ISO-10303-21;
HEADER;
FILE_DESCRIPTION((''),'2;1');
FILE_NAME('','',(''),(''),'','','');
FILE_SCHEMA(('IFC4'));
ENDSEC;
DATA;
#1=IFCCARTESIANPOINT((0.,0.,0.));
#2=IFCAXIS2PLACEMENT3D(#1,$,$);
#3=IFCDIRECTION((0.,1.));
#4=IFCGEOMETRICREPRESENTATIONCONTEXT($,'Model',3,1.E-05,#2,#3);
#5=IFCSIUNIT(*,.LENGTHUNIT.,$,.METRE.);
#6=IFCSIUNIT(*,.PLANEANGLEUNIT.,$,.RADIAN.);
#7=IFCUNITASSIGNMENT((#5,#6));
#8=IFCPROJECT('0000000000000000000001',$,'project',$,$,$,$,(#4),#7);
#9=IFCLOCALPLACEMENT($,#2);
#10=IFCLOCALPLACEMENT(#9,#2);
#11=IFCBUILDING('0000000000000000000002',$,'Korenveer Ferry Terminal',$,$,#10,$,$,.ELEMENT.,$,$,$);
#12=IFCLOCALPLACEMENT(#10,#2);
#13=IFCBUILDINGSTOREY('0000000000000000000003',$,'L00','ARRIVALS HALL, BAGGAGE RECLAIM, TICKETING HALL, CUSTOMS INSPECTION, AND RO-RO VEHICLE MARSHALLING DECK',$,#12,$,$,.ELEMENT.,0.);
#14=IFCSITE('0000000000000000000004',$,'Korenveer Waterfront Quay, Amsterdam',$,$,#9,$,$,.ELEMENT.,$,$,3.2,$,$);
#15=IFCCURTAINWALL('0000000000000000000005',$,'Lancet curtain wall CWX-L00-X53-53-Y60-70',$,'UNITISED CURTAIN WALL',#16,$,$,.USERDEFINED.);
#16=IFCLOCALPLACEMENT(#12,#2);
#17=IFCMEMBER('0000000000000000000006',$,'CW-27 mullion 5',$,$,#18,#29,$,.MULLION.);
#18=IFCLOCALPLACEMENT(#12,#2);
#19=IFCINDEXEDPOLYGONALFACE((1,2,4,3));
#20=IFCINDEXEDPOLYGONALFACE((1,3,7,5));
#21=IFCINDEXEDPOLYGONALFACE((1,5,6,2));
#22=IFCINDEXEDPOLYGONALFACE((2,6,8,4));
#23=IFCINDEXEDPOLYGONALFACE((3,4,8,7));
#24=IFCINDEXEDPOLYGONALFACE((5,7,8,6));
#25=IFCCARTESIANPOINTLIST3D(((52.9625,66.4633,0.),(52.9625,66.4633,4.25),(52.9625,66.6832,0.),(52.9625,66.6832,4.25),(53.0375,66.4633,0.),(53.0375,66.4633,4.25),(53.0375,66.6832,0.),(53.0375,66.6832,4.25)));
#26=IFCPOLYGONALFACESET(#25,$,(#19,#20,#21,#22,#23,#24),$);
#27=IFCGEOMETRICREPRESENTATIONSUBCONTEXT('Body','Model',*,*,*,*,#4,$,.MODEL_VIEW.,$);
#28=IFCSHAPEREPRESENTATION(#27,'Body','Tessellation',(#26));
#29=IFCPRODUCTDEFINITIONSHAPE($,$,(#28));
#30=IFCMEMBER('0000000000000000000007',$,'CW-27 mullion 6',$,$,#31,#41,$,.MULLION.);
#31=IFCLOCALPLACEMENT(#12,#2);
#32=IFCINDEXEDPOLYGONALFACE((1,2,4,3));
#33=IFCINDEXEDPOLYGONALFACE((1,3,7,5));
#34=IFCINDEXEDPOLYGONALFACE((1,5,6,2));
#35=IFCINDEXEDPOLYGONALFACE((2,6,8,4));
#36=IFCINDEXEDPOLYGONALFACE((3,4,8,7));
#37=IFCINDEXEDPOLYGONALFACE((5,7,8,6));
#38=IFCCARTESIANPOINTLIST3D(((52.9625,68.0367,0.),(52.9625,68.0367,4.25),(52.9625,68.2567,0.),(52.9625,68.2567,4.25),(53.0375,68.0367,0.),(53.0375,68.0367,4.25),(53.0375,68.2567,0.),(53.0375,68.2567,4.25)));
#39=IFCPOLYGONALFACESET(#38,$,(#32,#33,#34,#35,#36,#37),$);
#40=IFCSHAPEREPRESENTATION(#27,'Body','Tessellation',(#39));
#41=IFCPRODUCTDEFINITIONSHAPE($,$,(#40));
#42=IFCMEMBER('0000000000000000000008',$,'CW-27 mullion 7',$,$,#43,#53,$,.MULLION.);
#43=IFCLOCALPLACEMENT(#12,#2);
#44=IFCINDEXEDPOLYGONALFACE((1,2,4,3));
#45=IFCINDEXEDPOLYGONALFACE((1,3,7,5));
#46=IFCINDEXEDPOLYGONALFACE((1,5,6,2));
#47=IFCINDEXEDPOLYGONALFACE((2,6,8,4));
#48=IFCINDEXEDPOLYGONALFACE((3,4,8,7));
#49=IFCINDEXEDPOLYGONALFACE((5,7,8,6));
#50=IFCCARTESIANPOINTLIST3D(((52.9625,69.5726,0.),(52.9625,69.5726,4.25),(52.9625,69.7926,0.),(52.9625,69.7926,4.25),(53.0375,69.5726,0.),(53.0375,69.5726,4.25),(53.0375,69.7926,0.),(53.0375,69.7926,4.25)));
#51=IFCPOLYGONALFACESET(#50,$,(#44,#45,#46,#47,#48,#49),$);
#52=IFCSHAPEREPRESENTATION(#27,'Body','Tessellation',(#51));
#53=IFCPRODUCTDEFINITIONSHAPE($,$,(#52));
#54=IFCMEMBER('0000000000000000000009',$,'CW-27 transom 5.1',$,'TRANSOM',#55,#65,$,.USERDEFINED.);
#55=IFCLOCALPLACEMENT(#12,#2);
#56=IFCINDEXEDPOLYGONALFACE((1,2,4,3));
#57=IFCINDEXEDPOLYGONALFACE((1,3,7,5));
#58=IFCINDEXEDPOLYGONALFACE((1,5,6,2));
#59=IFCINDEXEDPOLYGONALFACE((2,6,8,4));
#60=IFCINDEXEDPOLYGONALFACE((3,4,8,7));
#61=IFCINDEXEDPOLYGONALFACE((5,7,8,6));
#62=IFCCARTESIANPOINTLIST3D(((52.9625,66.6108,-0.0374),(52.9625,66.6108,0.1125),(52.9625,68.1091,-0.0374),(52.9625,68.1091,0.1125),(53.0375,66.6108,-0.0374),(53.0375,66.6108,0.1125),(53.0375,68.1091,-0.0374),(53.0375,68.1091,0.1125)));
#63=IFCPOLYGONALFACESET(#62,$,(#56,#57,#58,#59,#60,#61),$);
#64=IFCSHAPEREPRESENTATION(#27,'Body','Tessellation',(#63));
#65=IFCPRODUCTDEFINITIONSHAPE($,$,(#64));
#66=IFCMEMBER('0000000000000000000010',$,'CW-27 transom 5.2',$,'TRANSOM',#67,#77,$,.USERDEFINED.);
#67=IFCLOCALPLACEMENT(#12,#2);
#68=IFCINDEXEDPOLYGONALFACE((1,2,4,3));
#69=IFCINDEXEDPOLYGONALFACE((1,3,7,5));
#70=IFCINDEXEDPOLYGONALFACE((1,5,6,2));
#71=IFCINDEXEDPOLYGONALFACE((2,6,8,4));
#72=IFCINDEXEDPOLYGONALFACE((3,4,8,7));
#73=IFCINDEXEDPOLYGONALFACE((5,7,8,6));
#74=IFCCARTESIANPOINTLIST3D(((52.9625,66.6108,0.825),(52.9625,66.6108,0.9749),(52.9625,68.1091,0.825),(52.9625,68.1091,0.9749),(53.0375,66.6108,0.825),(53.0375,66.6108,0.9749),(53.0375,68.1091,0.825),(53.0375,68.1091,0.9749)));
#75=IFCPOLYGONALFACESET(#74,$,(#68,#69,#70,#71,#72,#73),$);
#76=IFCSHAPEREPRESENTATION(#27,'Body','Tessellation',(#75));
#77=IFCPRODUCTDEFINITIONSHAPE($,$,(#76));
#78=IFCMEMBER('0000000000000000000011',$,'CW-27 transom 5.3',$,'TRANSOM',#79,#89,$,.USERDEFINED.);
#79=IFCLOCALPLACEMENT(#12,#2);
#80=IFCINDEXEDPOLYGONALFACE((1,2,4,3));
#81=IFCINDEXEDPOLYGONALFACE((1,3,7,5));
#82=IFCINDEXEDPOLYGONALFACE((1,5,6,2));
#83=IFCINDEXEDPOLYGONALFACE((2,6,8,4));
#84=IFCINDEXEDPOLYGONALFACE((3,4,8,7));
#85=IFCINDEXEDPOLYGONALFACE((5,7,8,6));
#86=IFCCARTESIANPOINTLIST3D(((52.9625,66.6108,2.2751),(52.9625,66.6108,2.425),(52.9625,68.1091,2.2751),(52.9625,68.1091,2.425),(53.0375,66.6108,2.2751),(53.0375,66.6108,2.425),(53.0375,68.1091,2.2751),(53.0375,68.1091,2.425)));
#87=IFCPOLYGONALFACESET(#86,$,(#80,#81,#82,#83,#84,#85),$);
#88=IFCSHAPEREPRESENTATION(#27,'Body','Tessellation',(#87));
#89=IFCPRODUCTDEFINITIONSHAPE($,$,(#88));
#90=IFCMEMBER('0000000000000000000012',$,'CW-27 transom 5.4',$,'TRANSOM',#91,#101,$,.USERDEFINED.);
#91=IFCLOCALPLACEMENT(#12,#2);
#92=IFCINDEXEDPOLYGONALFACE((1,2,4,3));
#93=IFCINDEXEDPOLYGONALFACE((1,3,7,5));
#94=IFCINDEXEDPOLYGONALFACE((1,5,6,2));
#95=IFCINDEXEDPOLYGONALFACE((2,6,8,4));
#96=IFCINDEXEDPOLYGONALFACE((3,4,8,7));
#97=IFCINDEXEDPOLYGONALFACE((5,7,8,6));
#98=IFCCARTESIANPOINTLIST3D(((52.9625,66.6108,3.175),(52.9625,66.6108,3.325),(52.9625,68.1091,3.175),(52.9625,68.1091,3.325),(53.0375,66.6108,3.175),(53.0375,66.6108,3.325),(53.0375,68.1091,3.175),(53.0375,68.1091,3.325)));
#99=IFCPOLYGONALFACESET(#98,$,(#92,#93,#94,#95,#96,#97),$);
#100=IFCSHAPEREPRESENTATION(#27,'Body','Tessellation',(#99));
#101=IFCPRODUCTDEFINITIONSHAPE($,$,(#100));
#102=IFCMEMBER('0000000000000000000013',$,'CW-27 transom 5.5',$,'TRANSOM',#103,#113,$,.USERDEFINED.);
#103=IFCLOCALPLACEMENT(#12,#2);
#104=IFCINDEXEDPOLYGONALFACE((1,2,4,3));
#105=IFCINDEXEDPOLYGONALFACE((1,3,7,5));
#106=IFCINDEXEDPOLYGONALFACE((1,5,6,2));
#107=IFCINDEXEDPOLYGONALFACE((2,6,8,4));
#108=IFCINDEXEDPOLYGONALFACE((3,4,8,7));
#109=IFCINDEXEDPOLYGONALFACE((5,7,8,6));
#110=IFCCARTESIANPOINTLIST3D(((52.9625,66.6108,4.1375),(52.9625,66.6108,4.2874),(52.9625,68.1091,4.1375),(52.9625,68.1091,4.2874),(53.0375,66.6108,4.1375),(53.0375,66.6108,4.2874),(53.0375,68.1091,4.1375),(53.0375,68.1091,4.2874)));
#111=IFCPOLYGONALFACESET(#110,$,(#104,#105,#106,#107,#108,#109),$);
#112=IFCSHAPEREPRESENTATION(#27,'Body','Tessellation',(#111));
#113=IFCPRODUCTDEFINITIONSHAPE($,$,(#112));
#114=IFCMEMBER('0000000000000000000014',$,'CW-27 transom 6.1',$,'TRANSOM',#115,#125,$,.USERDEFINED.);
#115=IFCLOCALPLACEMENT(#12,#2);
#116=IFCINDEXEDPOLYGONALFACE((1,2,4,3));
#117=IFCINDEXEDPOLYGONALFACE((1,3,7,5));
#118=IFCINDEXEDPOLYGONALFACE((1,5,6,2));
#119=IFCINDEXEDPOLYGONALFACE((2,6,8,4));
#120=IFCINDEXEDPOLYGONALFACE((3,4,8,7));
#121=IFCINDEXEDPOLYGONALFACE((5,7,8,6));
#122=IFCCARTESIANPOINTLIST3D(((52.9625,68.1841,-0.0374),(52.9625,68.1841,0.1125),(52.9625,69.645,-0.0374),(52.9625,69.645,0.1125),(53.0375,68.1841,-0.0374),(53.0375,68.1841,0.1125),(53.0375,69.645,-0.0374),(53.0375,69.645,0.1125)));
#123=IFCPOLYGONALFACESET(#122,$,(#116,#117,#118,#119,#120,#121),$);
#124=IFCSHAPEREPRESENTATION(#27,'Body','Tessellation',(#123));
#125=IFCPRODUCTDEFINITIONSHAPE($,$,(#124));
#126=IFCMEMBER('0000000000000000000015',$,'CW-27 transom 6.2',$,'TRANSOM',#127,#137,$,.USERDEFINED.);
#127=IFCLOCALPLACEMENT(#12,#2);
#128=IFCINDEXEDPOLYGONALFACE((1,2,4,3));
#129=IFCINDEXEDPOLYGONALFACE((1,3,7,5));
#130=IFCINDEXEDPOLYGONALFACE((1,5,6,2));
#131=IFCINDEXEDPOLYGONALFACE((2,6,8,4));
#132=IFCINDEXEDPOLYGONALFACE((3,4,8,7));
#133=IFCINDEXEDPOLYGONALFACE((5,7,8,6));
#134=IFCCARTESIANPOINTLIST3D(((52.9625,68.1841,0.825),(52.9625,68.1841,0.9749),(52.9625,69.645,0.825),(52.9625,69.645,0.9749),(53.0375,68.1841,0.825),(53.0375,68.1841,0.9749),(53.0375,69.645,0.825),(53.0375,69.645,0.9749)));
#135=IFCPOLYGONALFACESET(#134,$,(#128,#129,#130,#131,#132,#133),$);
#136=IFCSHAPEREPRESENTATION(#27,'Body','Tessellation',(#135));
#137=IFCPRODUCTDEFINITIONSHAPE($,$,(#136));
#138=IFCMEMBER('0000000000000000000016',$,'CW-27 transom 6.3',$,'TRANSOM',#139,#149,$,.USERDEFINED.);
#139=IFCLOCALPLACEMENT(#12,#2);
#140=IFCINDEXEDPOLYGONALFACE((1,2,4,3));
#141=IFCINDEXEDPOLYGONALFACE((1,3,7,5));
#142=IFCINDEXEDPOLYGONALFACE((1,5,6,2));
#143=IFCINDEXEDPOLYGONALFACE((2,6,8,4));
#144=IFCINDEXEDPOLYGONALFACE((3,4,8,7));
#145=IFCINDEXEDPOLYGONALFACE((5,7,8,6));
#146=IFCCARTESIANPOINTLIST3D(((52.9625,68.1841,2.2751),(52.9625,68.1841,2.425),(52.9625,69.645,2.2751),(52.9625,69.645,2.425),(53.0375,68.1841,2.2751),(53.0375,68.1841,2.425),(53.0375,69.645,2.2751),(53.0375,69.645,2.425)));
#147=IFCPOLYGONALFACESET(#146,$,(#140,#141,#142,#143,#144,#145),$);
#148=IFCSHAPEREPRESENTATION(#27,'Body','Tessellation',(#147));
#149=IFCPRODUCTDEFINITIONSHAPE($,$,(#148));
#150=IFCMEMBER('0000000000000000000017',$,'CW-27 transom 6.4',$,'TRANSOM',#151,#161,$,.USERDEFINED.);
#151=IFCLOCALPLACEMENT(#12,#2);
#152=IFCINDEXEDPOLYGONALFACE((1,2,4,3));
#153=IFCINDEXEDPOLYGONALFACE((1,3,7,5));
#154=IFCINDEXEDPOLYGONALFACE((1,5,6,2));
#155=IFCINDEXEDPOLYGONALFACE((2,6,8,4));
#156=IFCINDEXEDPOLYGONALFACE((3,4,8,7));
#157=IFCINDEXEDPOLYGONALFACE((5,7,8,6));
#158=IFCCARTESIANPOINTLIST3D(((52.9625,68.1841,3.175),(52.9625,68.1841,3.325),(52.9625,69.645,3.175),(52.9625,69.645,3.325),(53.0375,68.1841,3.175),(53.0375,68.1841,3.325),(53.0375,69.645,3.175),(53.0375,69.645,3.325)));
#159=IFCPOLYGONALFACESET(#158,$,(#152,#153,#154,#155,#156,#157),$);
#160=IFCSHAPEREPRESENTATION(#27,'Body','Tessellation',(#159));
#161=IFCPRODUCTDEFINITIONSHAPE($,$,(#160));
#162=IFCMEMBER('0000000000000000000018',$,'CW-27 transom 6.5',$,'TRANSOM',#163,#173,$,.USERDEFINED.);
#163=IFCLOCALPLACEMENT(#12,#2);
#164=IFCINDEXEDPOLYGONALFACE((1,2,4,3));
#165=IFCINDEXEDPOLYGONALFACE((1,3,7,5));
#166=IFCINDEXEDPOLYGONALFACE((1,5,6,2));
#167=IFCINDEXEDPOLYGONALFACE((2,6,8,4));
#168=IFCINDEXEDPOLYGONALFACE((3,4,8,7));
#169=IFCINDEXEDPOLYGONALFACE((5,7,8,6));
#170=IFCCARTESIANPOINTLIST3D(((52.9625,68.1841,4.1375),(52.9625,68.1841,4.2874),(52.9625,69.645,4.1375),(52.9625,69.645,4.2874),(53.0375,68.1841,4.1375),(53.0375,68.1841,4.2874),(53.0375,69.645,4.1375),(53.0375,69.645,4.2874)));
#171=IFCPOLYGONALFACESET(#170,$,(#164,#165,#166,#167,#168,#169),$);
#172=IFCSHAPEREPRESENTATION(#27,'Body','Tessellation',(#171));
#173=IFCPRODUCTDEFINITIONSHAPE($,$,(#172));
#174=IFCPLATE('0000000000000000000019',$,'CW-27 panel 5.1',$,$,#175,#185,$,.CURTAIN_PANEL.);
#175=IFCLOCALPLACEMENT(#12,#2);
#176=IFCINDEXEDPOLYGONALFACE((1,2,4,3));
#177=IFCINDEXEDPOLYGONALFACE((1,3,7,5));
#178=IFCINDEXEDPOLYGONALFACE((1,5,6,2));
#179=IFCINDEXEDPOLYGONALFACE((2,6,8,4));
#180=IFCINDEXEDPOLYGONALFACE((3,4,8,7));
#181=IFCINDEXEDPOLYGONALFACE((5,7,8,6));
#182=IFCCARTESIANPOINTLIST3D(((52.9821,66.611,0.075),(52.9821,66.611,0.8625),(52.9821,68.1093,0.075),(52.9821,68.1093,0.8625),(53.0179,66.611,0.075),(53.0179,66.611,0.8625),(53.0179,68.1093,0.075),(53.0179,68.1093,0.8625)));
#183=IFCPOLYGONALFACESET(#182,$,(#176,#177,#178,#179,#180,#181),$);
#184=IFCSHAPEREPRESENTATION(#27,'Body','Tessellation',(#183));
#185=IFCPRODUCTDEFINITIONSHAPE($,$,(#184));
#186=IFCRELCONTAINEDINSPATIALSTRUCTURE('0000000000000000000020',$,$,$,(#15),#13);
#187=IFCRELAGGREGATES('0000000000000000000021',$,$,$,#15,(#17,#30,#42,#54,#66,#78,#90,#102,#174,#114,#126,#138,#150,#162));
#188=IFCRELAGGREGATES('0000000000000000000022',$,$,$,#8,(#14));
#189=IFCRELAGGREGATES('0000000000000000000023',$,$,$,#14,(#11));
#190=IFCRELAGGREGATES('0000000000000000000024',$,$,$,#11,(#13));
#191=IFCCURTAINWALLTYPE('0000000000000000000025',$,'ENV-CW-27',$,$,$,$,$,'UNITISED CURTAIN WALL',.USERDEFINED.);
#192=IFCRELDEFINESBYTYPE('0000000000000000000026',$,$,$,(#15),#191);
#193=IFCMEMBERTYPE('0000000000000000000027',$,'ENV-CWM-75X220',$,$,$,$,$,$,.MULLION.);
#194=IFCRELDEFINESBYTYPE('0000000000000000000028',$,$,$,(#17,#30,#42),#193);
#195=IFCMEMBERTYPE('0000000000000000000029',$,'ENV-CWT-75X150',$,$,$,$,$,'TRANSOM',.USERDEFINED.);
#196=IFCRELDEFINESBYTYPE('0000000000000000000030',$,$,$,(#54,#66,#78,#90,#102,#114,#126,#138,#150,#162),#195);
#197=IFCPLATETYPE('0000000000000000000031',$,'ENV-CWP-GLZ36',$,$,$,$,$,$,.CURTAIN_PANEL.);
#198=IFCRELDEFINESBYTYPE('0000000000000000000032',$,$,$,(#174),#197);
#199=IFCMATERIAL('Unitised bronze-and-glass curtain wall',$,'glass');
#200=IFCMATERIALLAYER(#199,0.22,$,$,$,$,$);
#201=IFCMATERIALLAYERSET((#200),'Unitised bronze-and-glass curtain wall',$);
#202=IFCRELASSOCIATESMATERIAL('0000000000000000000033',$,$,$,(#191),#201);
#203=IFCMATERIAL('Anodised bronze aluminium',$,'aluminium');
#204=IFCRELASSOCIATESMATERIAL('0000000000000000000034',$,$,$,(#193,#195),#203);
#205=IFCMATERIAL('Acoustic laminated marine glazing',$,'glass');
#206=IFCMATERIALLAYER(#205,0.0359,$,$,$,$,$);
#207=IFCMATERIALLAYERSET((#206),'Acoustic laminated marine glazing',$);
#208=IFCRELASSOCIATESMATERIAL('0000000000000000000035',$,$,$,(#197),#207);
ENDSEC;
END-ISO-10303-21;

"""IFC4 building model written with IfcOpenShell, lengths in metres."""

from ifc_helpers import new_model, si_unit, direction, frame, origin, origin_2d, place, context, subcontext, project, spatial, rectangle, extrude, material, layer, layer_set, material_profile, profile_set, type_object, element, aggregate, save


model = new_model("IFC4")

# Units and contexts
model_context = context("Model", 3, precision=1e-05, world=origin(), true_north=direction((0.0, 1.0)))
body_context = subcontext(model_context, "Body", "Model", "MODEL_VIEW")
ifc_project = project(units=[si_unit("LENGTHUNIT", "METRE"), si_unit("PLANEANGLEUNIT", "RADIAN")], contexts=[model_context])

# Site, building, storey
site_placement = place(None, origin())
site = spatial("IfcSite", under=ifc_project, at=site_placement, Name="Korenveer Waterfront Quay, Amsterdam", CompositionType="ELEMENT", RefElevation=3.2)
building_placement = place(site_placement, origin())
building = spatial("IfcBuilding", under=site, at=building_placement, Name="Korenveer Ferry Terminal", CompositionType="ELEMENT")
storey_placement = place(building_placement, origin())
storey = spatial("IfcBuildingStorey", under=building, at=storey_placement, Name="L00", Description="ARRIVALS HALL, BAGGAGE RECLAIM, TICKETING HALL, CUSTOMS INSPECTION, AND RO-RO VEHICLE MARSHALLING DECK", CompositionType="ELEMENT", Elevation=0.0)

# Curtain wall, members, plate
ifc_material_1 = material(Name="Unitised bronze-and-glass curtain wall", Category="glass")
ifc_layer_1 = layer(ifc_material_1, 0.22)
ifc_layer_set_1 = layer_set([ifc_layer_1], Name="Unitised bronze-and-glass curtain wall")
curtain_wall_type = type_object("IfcCurtainWallType", Name="ENV-CW-27", ElementType="UNITISED CURTAIN WALL", PredefinedType="USERDEFINED", material=ifc_layer_set_1)
curtain_wall_placement = place(storey_placement, frame((53.0, 60.28, 0.0)))
curtain_wall = element("IfcCurtainWall", 1, at=curtain_wall_placement, inside=storey, type_object=curtain_wall_type, Name="Lancet curtain wall CWX-L00-X53-53-Y60-70", ObjectType="UNITISED CURTAIN WALL", PredefinedType="USERDEFINED")
ifc_material_2 = material(Name="Anodised bronze aluminium", Category="aluminium")
ifc_material_profile_1 = material_profile(ifc_material_2, rectangle(XDim=0.075, YDim=0.22, at=origin_2d()), Name="ALU 75x220")
ifc_profile_set_1 = profile_set([ifc_material_profile_1], Name="Anodised bronze aluminium")
member_type_1 = type_object("IfcMemberType", Name="ENV-CWM-75X220", PredefinedType="MULLION", material=ifc_profile_set_1)
member_1_placement = place(storey_placement, frame((53.0, 66.5732, 0.0), z_axis=(0.0, 0.0, 1.0), x_axis=(-1.0, 0.0, 0.0)))
member_1 = element("IfcMember", 2, at=member_1_placement, type_object=member_type_1, Name="CW-27 mullion 5", PredefinedType="MULLION", context=body_context, shape_type="SweptSolid", body=[
    extrude(rectangle(XDim=0.075, YDim=0.22, at=origin_2d()), origin(), (0.0, 0.0, 1.0), 4.25),
])
member_2_placement = place(storey_placement, frame((53.0, 68.1467, 0.0), z_axis=(0.0, 0.0, 1.0), x_axis=(-1.0, 0.0, 0.0)))
member_2 = element("IfcMember", 3, at=member_2_placement, type_object=member_type_1, Name="CW-27 mullion 6", PredefinedType="MULLION", context=body_context, shape_type="SweptSolid", body=[
    extrude(rectangle(XDim=0.075, YDim=0.22, at=origin_2d()), origin(), (0.0, 0.0, 1.0), 4.25),
])
member_3_placement = place(storey_placement, frame((53.0, 69.6826, 0.0), z_axis=(0.0, 0.0, 1.0), x_axis=(-1.0, 0.0, 0.0)))
member_3 = element("IfcMember", 4, at=member_3_placement, type_object=member_type_1, Name="CW-27 mullion 7", PredefinedType="MULLION", context=body_context, shape_type="SweptSolid", body=[
    extrude(rectangle(XDim=0.075, YDim=0.22, at=origin_2d()), origin(), (0.0, 0.0, 1.0), 4.25),
])
ifc_material_profile_2 = material_profile(ifc_material_2, rectangle(XDim=0.075, YDim=0.1499, at=origin_2d()), Name="ALU 75x150")
ifc_profile_set_2 = profile_set([ifc_material_profile_2], Name="Anodised bronze aluminium")
member_type_2 = type_object("IfcMemberType", Name="ENV-CWT-75X150", ElementType="TRANSOM", PredefinedType="USERDEFINED", material=ifc_profile_set_2)
member_4_placement = place(storey_placement, frame((53.0, 66.6108, 0.0376), z_axis=(0.0, 1.0, 0.0), x_axis=(-1.0, 0.0, 0.0)))
member_4 = element("IfcMember", 5, at=member_4_placement, type_object=member_type_2, Name="CW-27 transom 5.1", ObjectType="TRANSOM", PredefinedType="USERDEFINED", context=body_context, shape_type="SweptSolid", body=[
    extrude(rectangle(XDim=0.075, YDim=0.1499, at=origin_2d()), origin(), (0.0, 0.0, 1.0), 1.4983),
])
member_5_placement = place(storey_placement, frame((53.0, 66.6108, 0.8999), z_axis=(0.0, 1.0, 0.0), x_axis=(-1.0, 0.0, 0.0)))
member_5 = element("IfcMember", 6, at=member_5_placement, type_object=member_type_2, Name="CW-27 transom 5.2", ObjectType="TRANSOM", PredefinedType="USERDEFINED", context=body_context, shape_type="SweptSolid", body=[
    extrude(rectangle(XDim=0.075, YDim=0.1499, at=origin_2d()), origin(), (0.0, 0.0, 1.0), 1.4983),
])
member_6_placement = place(storey_placement, frame((53.0, 66.6108, 2.3501), z_axis=(0.0, 1.0, 0.0), x_axis=(-1.0, 0.0, 0.0)))
member_6 = element("IfcMember", 7, at=member_6_placement, type_object=member_type_2, Name="CW-27 transom 5.3", ObjectType="TRANSOM", PredefinedType="USERDEFINED", context=body_context, shape_type="SweptSolid", body=[
    extrude(rectangle(XDim=0.075, YDim=0.1499, at=origin_2d()), origin(), (0.0, 0.0, 1.0), 1.4983),
])
member_7_placement = place(storey_placement, frame((53.0, 66.6108, 3.25), z_axis=(0.0, 1.0, 0.0), x_axis=(-1.0, 0.0, 0.0)))
member_7 = element("IfcMember", 8, at=member_7_placement, type_object=member_type_2, Name="CW-27 transom 5.4", ObjectType="TRANSOM", PredefinedType="USERDEFINED", context=body_context, shape_type="SweptSolid", body=[
    extrude(rectangle(XDim=0.075, YDim=0.1499, at=origin_2d()), origin(), (0.0, 0.0, 1.0), 1.4983),
])
member_8_placement = place(storey_placement, frame((53.0, 66.6108, 4.2124), z_axis=(0.0, 1.0, 0.0), x_axis=(-1.0, 0.0, 0.0)))
member_8 = element("IfcMember", 9, at=member_8_placement, type_object=member_type_2, Name="CW-27 transom 5.5", ObjectType="TRANSOM", PredefinedType="USERDEFINED", context=body_context, shape_type="SweptSolid", body=[
    extrude(rectangle(XDim=0.075, YDim=0.1499, at=origin_2d()), origin(), (0.0, 0.0, 1.0), 1.4983),
])
member_9_placement = place(storey_placement, frame((53.0, 68.1841, 0.0376), z_axis=(0.0, 1.0, 0.0), x_axis=(-1.0, 0.0, 0.0)))
member_9 = element("IfcMember", 10, at=member_9_placement, type_object=member_type_2, Name="CW-27 transom 6.1", ObjectType="TRANSOM", PredefinedType="USERDEFINED", context=body_context, shape_type="SweptSolid", body=[
    extrude(rectangle(XDim=0.075, YDim=0.1499, at=origin_2d()), origin(), (0.0, 0.0, 1.0), 1.4609),
])
member_10_placement = place(storey_placement, frame((53.0, 68.1841, 0.8999), z_axis=(0.0, 1.0, 0.0), x_axis=(-1.0, 0.0, 0.0)))
member_10 = element("IfcMember", 11, at=member_10_placement, type_object=member_type_2, Name="CW-27 transom 6.2", ObjectType="TRANSOM", PredefinedType="USERDEFINED", context=body_context, shape_type="SweptSolid", body=[
    extrude(rectangle(XDim=0.075, YDim=0.1499, at=origin_2d()), origin(), (0.0, 0.0, 1.0), 1.4609),
])
member_11_placement = place(storey_placement, frame((53.0, 68.1841, 2.3501), z_axis=(0.0, 1.0, 0.0), x_axis=(-1.0, 0.0, 0.0)))
member_11 = element("IfcMember", 12, at=member_11_placement, type_object=member_type_2, Name="CW-27 transom 6.3", ObjectType="TRANSOM", PredefinedType="USERDEFINED", context=body_context, shape_type="SweptSolid", body=[
    extrude(rectangle(XDim=0.075, YDim=0.1499, at=origin_2d()), origin(), (0.0, 0.0, 1.0), 1.4609),
])
member_12_placement = place(storey_placement, frame((53.0, 68.1841, 3.25), z_axis=(0.0, 1.0, 0.0), x_axis=(-1.0, 0.0, 0.0)))
member_12 = element("IfcMember", 13, at=member_12_placement, type_object=member_type_2, Name="CW-27 transom 6.4", ObjectType="TRANSOM", PredefinedType="USERDEFINED", context=body_context, shape_type="SweptSolid", body=[
    extrude(rectangle(XDim=0.075, YDim=0.1499, at=origin_2d()), origin(), (0.0, 0.0, 1.0), 1.4609),
])
member_13_placement = place(storey_placement, frame((53.0, 68.1841, 4.2124), z_axis=(0.0, 1.0, 0.0), x_axis=(-1.0, 0.0, 0.0)))
member_13 = element("IfcMember", 14, at=member_13_placement, type_object=member_type_2, Name="CW-27 transom 6.5", ObjectType="TRANSOM", PredefinedType="USERDEFINED", context=body_context, shape_type="SweptSolid", body=[
    extrude(rectangle(XDim=0.075, YDim=0.1499, at=origin_2d()), origin(), (0.0, 0.0, 1.0), 1.4609),
])
ifc_material_3 = material(Name="Acoustic laminated marine glazing", Category="glass")
ifc_layer_2 = layer(ifc_material_3, 0.0359)
ifc_layer_set_2 = layer_set([ifc_layer_2], Name="Acoustic laminated marine glazing")
plate_type = type_object("IfcPlateType", Name="ENV-CWP-GLZ36", PredefinedType="CURTAIN_PANEL", material=ifc_layer_set_2)
plate_1_placement = place(storey_placement, frame((53.0, 67.3601, 0.075), z_axis=(0.0, 0.0, 1.0), x_axis=(0.0, 1.0, 0.0)))
plate_1 = element("IfcPlate", 15, at=plate_1_placement, type_object=plate_type, Name="CW-27 panel 5.1", PredefinedType="CURTAIN_PANEL", context=body_context, shape_type="SweptSolid", body=[
    extrude(rectangle(XDim=1.4983, YDim=0.0359, at=origin_2d()), origin(), (0.0, 0.0, 1.0), 0.7876),
])
aggregate(curtain_wall, [member_1, member_2, member_3, member_4, member_5, member_6, member_7, member_8, plate_1, member_9, member_10, member_11, member_12, member_13])

save(model, "model.ifc")
